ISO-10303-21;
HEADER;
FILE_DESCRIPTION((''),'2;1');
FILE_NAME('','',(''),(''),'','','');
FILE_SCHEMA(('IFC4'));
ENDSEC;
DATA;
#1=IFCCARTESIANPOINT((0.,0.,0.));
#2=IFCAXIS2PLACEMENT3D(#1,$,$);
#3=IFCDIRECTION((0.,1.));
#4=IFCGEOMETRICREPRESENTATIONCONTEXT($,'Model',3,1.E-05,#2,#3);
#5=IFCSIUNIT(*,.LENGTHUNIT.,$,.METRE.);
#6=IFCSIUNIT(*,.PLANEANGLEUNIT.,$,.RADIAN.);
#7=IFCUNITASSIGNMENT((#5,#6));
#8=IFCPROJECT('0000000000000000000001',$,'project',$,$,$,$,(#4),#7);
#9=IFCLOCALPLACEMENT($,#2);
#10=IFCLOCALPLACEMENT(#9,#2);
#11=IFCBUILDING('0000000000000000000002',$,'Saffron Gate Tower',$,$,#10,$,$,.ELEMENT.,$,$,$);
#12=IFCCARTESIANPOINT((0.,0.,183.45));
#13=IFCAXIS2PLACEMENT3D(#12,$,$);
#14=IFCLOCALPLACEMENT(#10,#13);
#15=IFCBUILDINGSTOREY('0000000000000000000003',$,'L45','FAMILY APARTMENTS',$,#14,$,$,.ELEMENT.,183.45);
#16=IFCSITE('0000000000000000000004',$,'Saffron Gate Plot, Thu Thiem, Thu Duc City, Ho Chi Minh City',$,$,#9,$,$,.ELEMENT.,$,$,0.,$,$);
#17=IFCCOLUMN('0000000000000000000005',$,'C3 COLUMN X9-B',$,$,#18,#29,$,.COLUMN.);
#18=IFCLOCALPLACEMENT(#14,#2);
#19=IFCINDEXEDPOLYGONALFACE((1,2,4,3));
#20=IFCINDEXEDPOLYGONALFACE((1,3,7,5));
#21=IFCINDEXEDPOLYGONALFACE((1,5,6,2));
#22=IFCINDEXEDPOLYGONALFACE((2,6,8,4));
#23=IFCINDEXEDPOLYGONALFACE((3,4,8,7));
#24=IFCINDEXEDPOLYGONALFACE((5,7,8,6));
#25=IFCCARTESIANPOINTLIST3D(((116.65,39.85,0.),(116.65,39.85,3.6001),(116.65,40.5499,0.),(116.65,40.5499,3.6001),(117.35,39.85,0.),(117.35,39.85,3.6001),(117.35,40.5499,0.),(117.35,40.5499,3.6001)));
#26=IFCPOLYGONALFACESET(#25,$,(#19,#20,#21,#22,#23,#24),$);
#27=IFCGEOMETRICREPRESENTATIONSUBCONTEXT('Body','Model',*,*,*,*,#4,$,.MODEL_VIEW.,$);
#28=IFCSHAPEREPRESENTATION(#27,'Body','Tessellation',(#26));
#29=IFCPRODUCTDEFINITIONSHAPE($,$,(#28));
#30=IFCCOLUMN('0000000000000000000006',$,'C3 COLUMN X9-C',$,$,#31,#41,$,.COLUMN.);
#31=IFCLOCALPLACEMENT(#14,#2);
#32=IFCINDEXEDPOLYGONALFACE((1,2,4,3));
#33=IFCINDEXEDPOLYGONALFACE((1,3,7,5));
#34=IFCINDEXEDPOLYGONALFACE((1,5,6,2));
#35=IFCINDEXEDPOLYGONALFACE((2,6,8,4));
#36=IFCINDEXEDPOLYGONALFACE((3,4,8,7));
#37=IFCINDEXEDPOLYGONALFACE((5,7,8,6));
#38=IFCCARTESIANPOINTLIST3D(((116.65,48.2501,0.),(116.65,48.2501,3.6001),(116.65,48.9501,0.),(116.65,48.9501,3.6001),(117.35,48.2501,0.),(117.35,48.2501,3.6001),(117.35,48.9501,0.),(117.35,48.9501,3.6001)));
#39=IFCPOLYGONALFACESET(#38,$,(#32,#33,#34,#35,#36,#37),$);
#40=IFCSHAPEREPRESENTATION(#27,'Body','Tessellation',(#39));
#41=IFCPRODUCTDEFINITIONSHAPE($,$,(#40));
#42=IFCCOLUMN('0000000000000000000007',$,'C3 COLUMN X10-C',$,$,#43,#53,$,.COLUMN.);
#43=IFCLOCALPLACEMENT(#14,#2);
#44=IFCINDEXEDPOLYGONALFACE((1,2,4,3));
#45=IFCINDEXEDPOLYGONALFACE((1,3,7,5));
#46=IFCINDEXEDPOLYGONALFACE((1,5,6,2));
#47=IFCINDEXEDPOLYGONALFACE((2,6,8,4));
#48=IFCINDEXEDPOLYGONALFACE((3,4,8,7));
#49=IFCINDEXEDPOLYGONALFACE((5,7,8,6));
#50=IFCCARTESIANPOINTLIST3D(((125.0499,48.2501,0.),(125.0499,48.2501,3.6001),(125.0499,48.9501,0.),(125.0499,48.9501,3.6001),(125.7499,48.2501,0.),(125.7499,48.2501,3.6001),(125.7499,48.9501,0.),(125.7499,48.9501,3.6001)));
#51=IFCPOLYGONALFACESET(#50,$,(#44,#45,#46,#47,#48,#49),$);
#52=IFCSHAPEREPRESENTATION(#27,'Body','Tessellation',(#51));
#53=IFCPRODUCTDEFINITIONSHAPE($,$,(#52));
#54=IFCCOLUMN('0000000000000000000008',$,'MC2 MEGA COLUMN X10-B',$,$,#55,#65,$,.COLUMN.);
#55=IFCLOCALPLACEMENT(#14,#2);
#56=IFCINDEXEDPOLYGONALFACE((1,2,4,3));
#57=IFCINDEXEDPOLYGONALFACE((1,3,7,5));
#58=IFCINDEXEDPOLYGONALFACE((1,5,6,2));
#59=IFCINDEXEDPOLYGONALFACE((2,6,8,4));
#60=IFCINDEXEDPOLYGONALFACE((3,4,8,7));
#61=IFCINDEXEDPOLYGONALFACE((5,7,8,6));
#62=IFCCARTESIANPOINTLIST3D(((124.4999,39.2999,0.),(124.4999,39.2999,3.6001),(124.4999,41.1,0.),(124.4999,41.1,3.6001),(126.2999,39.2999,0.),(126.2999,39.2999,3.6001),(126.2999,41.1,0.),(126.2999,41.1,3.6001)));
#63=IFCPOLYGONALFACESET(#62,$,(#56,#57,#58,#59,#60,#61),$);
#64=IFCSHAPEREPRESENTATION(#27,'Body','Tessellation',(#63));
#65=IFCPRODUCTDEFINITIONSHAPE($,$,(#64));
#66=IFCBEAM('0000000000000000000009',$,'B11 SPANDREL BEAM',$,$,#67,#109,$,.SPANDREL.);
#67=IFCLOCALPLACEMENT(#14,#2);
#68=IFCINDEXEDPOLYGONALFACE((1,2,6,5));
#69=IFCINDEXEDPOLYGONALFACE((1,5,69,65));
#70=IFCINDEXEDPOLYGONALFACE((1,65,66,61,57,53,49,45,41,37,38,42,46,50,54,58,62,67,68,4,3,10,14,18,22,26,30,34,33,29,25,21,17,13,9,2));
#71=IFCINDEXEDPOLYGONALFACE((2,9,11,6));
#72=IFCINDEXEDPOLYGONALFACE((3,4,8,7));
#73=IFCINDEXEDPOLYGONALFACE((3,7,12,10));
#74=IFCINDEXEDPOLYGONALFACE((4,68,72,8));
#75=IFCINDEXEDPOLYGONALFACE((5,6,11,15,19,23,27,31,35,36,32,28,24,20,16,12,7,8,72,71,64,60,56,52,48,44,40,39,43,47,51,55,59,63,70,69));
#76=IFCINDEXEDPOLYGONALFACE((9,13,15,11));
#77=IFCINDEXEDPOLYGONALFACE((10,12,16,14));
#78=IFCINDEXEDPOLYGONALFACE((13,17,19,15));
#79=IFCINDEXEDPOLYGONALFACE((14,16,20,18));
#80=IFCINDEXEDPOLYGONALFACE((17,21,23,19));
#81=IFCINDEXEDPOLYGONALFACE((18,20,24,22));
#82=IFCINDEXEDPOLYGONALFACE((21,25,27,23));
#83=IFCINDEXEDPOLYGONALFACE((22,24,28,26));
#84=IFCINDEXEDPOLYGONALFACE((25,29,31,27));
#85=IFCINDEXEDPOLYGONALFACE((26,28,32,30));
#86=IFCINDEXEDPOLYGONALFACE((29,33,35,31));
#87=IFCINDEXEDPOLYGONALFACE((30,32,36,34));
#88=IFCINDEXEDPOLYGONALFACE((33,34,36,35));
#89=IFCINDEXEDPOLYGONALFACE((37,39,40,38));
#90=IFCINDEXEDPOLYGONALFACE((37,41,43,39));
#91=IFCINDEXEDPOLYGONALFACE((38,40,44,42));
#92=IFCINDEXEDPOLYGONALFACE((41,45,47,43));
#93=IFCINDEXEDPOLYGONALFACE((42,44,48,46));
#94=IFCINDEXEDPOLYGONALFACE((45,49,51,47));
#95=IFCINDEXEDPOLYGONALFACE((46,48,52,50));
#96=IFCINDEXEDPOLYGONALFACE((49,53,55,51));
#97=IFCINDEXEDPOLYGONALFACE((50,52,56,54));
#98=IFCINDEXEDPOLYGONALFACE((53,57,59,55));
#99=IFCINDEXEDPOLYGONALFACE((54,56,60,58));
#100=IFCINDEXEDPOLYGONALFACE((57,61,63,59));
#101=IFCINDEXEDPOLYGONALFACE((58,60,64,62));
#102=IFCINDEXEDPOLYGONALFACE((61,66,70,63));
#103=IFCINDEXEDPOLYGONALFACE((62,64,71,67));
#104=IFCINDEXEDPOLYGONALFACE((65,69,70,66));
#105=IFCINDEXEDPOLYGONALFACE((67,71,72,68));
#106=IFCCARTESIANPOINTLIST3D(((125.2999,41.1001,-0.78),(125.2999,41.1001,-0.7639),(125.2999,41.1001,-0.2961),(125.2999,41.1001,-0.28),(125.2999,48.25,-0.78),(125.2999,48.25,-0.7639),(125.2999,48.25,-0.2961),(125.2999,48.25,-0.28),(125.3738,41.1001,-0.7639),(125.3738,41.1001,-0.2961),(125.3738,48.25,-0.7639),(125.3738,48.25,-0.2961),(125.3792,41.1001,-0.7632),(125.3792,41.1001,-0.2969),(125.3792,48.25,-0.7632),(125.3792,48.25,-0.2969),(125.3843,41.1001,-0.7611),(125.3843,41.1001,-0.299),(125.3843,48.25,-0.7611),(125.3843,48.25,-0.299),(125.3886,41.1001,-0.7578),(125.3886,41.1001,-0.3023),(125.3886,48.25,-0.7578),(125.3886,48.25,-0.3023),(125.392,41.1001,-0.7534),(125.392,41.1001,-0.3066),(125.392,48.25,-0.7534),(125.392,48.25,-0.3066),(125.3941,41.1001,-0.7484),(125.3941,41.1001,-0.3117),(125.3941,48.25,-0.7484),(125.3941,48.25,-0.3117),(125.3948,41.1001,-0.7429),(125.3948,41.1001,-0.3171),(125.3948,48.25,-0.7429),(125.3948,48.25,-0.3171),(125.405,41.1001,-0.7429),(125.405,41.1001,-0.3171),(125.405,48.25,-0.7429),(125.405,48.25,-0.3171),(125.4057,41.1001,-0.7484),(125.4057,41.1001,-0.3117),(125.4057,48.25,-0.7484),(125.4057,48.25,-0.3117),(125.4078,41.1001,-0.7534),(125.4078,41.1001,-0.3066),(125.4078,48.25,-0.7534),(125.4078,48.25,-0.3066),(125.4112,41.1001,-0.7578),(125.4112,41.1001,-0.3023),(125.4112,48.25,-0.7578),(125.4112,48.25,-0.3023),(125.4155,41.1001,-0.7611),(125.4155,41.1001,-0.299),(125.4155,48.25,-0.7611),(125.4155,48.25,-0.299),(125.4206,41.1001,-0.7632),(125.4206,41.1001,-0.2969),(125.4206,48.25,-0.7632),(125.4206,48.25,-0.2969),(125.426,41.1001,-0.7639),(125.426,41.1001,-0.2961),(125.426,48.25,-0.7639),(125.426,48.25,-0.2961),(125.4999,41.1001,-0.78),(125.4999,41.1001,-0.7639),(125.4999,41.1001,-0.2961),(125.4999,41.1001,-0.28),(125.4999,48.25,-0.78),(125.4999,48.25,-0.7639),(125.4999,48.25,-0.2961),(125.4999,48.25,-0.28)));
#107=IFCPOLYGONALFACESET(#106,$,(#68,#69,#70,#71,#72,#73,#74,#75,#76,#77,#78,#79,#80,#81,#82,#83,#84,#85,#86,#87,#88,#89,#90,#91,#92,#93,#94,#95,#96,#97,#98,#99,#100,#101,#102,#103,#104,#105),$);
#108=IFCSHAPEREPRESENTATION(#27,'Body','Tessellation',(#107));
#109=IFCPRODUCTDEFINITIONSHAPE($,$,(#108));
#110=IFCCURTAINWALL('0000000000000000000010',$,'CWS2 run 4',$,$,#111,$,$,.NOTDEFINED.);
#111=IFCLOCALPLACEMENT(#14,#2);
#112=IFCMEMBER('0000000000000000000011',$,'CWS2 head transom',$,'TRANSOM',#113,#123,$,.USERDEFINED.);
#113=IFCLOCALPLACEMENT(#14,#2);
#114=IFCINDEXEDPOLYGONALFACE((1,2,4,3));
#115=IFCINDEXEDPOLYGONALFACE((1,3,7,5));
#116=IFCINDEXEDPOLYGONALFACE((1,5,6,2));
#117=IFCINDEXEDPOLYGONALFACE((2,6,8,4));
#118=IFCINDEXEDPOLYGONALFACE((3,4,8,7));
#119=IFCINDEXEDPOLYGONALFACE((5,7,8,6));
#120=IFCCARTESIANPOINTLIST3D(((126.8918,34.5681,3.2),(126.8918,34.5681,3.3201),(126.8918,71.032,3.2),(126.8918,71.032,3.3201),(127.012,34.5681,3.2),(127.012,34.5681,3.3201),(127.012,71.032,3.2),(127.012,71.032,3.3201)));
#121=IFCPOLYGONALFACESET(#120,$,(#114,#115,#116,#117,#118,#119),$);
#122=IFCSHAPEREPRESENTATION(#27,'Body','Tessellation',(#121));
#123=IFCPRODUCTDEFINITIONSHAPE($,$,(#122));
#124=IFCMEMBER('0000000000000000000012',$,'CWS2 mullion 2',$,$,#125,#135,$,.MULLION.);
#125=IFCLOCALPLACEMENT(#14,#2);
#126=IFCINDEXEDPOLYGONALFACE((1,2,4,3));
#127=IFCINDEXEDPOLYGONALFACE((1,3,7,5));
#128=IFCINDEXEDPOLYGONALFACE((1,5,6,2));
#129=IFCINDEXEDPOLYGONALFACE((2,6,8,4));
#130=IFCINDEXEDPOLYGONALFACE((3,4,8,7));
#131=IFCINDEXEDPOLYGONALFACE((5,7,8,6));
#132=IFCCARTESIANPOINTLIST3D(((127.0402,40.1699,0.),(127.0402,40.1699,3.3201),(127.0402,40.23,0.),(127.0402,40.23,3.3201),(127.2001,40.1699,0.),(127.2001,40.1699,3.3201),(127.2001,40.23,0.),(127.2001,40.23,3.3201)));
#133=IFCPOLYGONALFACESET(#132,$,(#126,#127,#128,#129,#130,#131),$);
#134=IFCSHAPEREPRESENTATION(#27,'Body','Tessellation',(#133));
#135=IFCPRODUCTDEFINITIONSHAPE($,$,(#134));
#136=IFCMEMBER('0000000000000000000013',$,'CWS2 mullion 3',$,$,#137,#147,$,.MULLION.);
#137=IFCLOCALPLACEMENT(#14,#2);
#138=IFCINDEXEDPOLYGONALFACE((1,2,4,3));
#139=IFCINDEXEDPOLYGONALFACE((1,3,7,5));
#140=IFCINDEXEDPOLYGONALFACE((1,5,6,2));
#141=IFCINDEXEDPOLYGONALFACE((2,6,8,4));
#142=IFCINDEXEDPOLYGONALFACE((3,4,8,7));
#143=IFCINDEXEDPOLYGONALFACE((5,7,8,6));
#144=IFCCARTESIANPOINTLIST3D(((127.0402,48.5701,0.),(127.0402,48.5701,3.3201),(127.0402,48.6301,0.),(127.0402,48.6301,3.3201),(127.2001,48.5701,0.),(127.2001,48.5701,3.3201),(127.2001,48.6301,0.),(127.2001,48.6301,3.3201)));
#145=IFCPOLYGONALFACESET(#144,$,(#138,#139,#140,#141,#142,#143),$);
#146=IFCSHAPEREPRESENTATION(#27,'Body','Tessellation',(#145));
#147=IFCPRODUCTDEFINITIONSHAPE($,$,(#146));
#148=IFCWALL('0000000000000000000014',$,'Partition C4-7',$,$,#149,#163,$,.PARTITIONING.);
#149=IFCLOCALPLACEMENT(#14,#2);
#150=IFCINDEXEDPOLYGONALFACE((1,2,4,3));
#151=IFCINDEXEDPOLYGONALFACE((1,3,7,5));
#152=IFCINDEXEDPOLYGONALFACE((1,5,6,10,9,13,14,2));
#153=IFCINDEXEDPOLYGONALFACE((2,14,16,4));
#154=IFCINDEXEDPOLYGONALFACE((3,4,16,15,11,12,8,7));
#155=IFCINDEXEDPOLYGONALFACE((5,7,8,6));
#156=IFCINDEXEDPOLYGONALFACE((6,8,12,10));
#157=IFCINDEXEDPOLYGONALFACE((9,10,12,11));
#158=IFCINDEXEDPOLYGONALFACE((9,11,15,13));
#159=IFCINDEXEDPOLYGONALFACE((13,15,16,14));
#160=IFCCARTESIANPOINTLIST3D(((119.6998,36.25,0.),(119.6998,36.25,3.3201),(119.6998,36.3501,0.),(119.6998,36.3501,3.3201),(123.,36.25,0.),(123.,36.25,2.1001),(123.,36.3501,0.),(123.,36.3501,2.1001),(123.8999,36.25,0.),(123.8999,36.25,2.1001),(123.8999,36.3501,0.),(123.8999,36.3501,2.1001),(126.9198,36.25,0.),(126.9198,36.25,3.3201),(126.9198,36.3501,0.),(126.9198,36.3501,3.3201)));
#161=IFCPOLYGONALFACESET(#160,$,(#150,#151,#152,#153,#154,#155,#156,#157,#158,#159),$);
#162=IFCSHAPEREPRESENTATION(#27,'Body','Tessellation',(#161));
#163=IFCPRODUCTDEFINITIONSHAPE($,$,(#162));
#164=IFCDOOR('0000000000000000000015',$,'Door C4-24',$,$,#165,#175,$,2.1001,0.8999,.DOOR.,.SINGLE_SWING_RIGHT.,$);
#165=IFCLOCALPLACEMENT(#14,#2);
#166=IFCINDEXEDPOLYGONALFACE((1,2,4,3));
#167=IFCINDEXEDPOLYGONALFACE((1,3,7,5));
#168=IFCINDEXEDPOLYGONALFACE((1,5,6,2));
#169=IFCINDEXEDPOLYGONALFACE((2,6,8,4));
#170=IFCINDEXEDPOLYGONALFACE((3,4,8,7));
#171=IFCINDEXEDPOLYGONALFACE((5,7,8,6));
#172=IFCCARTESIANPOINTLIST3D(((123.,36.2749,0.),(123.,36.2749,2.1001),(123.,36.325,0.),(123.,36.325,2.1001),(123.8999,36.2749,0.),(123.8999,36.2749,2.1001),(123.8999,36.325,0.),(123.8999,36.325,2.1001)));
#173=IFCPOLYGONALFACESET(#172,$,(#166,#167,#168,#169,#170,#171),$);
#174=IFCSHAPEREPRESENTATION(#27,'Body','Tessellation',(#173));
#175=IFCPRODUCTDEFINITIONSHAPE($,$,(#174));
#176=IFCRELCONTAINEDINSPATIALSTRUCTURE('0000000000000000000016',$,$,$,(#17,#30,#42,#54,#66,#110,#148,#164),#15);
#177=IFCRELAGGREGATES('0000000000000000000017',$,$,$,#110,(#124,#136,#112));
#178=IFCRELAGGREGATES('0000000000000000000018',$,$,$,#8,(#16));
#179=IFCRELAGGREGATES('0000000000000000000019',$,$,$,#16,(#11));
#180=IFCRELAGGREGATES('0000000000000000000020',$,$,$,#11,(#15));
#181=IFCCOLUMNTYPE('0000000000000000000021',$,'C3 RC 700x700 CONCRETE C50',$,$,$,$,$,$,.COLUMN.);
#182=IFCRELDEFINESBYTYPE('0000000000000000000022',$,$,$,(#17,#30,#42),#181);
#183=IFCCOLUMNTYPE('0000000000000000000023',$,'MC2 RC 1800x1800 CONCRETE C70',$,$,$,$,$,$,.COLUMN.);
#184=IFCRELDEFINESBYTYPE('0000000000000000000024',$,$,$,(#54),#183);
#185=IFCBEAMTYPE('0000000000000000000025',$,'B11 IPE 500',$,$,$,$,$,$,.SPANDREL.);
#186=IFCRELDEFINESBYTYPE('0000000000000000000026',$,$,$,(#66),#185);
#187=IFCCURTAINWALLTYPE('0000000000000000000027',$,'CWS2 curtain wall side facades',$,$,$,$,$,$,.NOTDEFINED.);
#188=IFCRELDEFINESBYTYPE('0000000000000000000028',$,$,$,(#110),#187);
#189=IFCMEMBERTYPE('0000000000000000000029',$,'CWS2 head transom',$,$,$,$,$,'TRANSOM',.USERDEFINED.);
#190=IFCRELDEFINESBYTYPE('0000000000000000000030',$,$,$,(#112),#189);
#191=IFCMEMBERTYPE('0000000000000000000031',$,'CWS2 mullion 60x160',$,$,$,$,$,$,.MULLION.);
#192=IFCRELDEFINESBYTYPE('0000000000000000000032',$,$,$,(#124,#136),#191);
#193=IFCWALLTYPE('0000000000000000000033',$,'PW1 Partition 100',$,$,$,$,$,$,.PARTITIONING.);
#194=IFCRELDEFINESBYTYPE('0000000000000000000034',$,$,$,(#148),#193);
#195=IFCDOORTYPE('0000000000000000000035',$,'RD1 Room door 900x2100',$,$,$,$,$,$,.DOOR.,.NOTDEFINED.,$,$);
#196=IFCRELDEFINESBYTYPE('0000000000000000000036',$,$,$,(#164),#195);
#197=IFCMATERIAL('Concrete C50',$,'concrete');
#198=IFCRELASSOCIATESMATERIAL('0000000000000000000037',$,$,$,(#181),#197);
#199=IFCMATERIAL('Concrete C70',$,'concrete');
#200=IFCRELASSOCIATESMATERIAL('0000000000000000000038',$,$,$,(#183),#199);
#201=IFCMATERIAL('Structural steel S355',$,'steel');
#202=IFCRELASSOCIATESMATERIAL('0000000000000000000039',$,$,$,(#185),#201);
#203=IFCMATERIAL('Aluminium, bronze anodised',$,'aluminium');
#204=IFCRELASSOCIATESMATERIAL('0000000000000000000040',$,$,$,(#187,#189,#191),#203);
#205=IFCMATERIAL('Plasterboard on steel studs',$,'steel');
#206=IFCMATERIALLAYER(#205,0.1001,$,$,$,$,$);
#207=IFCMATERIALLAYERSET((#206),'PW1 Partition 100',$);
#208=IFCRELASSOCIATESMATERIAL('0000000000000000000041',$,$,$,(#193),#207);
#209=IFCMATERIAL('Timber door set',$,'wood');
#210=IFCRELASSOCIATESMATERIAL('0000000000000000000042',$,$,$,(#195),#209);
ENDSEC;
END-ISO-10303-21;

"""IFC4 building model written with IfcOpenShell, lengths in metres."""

from ifc_helpers import new_model, si_unit, direction, frame, frame_2d, origin, origin_2d, place, context, subcontext, project, spatial, rectangle, i_section, extrude, material, layer, layer_set, material_profile, profile_set, type_object, element, fill, aggregate, save


model = new_model("IFC4")

# Units and contexts
model_context = context("Model", 3, precision=1e-05, world=origin(), true_north=direction((0.0, 1.0)))
body_context = subcontext(model_context, "Body", "Model", "MODEL_VIEW")
ifc_project = project(units=[si_unit("LENGTHUNIT", "METRE"), si_unit("PLANEANGLEUNIT", "RADIAN")], contexts=[model_context])

# Site, building, storey
site_placement = place(None, origin())
site = spatial("IfcSite", under=ifc_project, at=site_placement, Name="Saffron Gate Plot, Thu Thiem, Thu Duc City, Ho Chi Minh City", CompositionType="ELEMENT", RefElevation=0.0)
building_placement = place(site_placement, origin())
building = spatial("IfcBuilding", under=site, at=building_placement, Name="Saffron Gate Tower", CompositionType="ELEMENT")
storey_placement = place(building_placement, frame((0.0, 0.0, 183.45)))
storey = spatial("IfcBuildingStorey", under=building, at=storey_placement, Name="L45", Description="FAMILY APARTMENTS", CompositionType="ELEMENT", Elevation=183.45)

# Columns
ifc_material_1 = material(Name="Concrete C50", Category="concrete")
ifc_material_profile_1 = material_profile(ifc_material_1, rectangle(XDim=0.7, YDim=0.7, at=origin_2d()))
ifc_profile_set_1 = profile_set([ifc_material_profile_1], Name="Concrete C50")
column_type_1 = type_object("IfcColumnType", Name="C3 RC 700x700 CONCRETE C50", PredefinedType="COLUMN", material=ifc_profile_set_1)
for number, where, z_axis, x_axis, name in (
    (1, (117.0, 40.2, 0.0), (0.0, 0.0, 1.0), (1.0, 0.0, 0.0), "C3 COLUMN X9-B"),
    (2, (117.0, 48.6001, 0.0), (0.0, 0.0, 1.0), (1.0, 0.0, 0.0), "C3 COLUMN X9-C"),
    (3, (125.3999, 48.6001, 0.0), (0.0, 0.0, 1.0), (1.0, 0.0, 0.0), "C3 COLUMN X10-C"),
):
    element("IfcColumn", number, at=place(storey_placement, frame(where, z_axis=z_axis, x_axis=x_axis)), inside=storey, type_object=column_type_1, Name=name, PredefinedType="COLUMN", context=body_context, shape_type="SweptSolid", body=[
        extrude(rectangle(XDim=0.7, YDim=0.7, at=origin_2d()), origin(), (0.0, 0.0, 1.0), 3.6001),
    ])
ifc_material_2 = material(Name="Concrete C70", Category="concrete")
ifc_material_profile_2 = material_profile(ifc_material_2, rectangle(XDim=1.8, YDim=1.8, at=origin_2d()))
ifc_profile_set_2 = profile_set([ifc_material_profile_2], Name="Concrete C70")
column_type_2 = type_object("IfcColumnType", Name="MC2 RC 1800x1800 CONCRETE C70", PredefinedType="COLUMN", material=ifc_profile_set_2)
column_placement = place(storey_placement, frame((125.3999, 40.2, 0.0), z_axis=(0.0, 0.0, 1.0), x_axis=(1.0, 0.0, 0.0)))
element("IfcColumn", 4, at=column_placement, inside=storey, type_object=column_type_2, Name="MC2 MEGA COLUMN X10-B", PredefinedType="COLUMN", context=body_context, shape_type="SweptSolid", body=[
    extrude(rectangle(XDim=1.8, YDim=1.8, at=origin_2d()), origin(), (0.0, 0.0, 1.0), 3.6001),
])

# Beam
ifc_material_3 = material(Name="Structural steel S355", Category="steel")
ifc_material_profile_3 = material_profile(ifc_material_3, i_section(OverallWidth=0.2, OverallDepth=0.5, WebThickness=0.0103, FlangeThickness=0.0161, FilletRadius=0.021, at=origin_2d()))
ifc_profile_set_3 = profile_set([ifc_material_profile_3], Name="Structural steel S355")
beam_type = type_object("IfcBeamType", Name="B11 IPE 500", PredefinedType="SPANDREL", material=ifc_profile_set_3)
beam_placement = place(storey_placement, frame((125.3999, 41.1001, -0.53), z_axis=(0.0, 1.0, 0.0), x_axis=(-1.0, 0.0, 0.0)))
element("IfcBeam", 5, at=beam_placement, inside=storey, type_object=beam_type, Name="B11 SPANDREL BEAM", PredefinedType="SPANDREL", context=body_context, shape_type="SweptSolid", body=[
    extrude(i_section(OverallWidth=0.2, OverallDepth=0.5, WebThickness=0.0103, FlangeThickness=0.0161, FilletRadius=0.021, at=origin_2d()), origin(), (0.0, 0.0, 1.0), 7.1499),
])

# Curtain wall, members
ifc_material_4 = material(Name="Aluminium, bronze anodised", Category="aluminium")
curtain_wall_type = type_object("IfcCurtainWallType", Name="CWS2 curtain wall side facades", PredefinedType="NOTDEFINED", material=ifc_material_4)
curtain_wall_placement = place(storey_placement, origin())
curtain_wall = element("IfcCurtainWall", 6, at=curtain_wall_placement, inside=storey, type_object=curtain_wall_type, Name="CWS2 run 4", PredefinedType="NOTDEFINED")
ifc_material_profile_4 = material_profile(ifc_material_4, rectangle(XDim=0.1201, YDim=0.1201, at=origin_2d()))
ifc_profile_set_4 = profile_set([ifc_material_profile_4], Name="Aluminium, bronze anodised")
member_type_1 = type_object("IfcMemberType", Name="CWS2 head transom", ElementType="TRANSOM", PredefinedType="USERDEFINED", material=ifc_profile_set_4)
member_1_placement = place(storey_placement, frame((126.9519, 34.5681, 3.26), z_axis=(0.0, 1.0, 0.0), x_axis=(-1.0, 0.0, 0.0)))
member_1 = element("IfcMember", 7, at=member_1_placement, type_object=member_type_1, Name="CWS2 head transom", ObjectType="TRANSOM", PredefinedType="USERDEFINED", context=body_context, shape_type="SweptSolid", body=[
    extrude(rectangle(XDim=0.1201, YDim=0.1201, at=origin_2d()), origin(), (0.0, 0.0, 1.0), 36.4639),
])
ifc_material_profile_5 = material_profile(ifc_material_4, rectangle(XDim=0.1599, YDim=0.0601, at=origin_2d()))
ifc_profile_set_5 = profile_set([ifc_material_profile_5], Name="Aluminium, bronze anodised")
member_type_2 = type_object("IfcMemberType", Name="CWS2 mullion 60x160", PredefinedType="MULLION", material=ifc_profile_set_5)
member_2_placement = place(storey_placement, frame((127.1201, 40.2, 0.0), z_axis=(0.0, 0.0, 1.0), x_axis=(-1.0, 0.0, 0.0)))
member_2 = element("IfcMember", 8, at=member_2_placement, type_object=member_type_2, Name="CWS2 mullion 2", PredefinedType="MULLION", context=body_context, shape_type="SweptSolid", body=[
    extrude(rectangle(XDim=0.1599, YDim=0.0601, at=origin_2d()), origin(), (0.0, 0.0, 1.0), 3.3201),
])
member_3_placement = place(storey_placement, frame((127.1201, 48.6001, 0.0), z_axis=(0.0, 0.0, 1.0), x_axis=(-1.0, 0.0, 0.0)))
member_3 = element("IfcMember", 9, at=member_3_placement, type_object=member_type_2, Name="CWS2 mullion 3", PredefinedType="MULLION", context=body_context, shape_type="SweptSolid", body=[
    extrude(rectangle(XDim=0.1599, YDim=0.0601, at=origin_2d()), origin(), (0.0, 0.0, 1.0), 3.3201),
])
aggregate(curtain_wall, [member_2, member_3, member_1])

# Wall, opening, door
ifc_material_5 = material(Name="Plasterboard on steel studs", Category="steel")
ifc_layer_1 = layer(ifc_material_5, 0.1001)
ifc_layer_set_1 = layer_set([ifc_layer_1], Name="PW1 Partition 100")
wall_type_1 = type_object("IfcWallType", Name="PW1 Partition 100", PredefinedType="PARTITIONING", material=ifc_layer_set_1)
wall_1_placement = place(storey_placement, frame((119.7, 36.3, 0.0), z_axis=(0.0, 0.0, 1.0), x_axis=(1.0, 0.0, 0.0)))
wall_1 = element("IfcWall", 10, at=wall_1_placement, inside=storey, type_object=wall_type_1, Name="Partition C4-7", PredefinedType="PARTITIONING", context=body_context, shape_type="SweptSolid", body=[
    extrude(rectangle(XDim=7.22, YDim=0.1001, at=frame_2d((3.6099, 0.0))), origin(), (0.0, 0.0, 1.0), 3.3201),
])
opening_1_placement = place(wall_1_placement, frame((3.3, 0.0, 0.0)))
opening_1 = element("IfcOpeningElement", 11, at=opening_1_placement, cuts=wall_1, PredefinedType="OPENING", context=body_context, shape_type="SweptSolid", body=[
    extrude(rectangle(XDim=0.8999, YDim=2.1001, at=frame_2d((0.45, 1.05))), frame((0.0, 0.0601, 0.0), z_axis=(0.0, -1.0, 0.0), x_axis=(1.0, 0.0, 0.0)), (0.0, 0.0, 1.0), 0.1201),
])
ifc_material_6 = material(Name="Timber door set", Category="wood")
door_type_1 = type_object("IfcDoorType", Name="RD1 Room door 900x2100", OperationType="NOTDEFINED", PredefinedType="DOOR", material=ifc_material_6)
door_1_placement = place(opening_1_placement, origin())
door_1 = element("IfcDoor", 12, at=door_1_placement, inside=storey, type_object=door_type_1, Name="Door C4-24", OperationType="SINGLE_SWING_RIGHT", OverallHeight=2.1001, OverallWidth=0.8999, PredefinedType="DOOR", context=body_context, shape_type="SweptSolid", body=[
    extrude(rectangle(XDim=0.8999, YDim=2.1001, at=frame_2d((0.45, 1.05))), frame((0.0, 0.0249, 0.0), z_axis=(0.0, -1.0, 0.0), x_axis=(1.0, 0.0, 0.0)), (0.0, 0.0, 1.0), 0.05),
])
fill(opening_1, door_1)

save(model, "model.ifc")
